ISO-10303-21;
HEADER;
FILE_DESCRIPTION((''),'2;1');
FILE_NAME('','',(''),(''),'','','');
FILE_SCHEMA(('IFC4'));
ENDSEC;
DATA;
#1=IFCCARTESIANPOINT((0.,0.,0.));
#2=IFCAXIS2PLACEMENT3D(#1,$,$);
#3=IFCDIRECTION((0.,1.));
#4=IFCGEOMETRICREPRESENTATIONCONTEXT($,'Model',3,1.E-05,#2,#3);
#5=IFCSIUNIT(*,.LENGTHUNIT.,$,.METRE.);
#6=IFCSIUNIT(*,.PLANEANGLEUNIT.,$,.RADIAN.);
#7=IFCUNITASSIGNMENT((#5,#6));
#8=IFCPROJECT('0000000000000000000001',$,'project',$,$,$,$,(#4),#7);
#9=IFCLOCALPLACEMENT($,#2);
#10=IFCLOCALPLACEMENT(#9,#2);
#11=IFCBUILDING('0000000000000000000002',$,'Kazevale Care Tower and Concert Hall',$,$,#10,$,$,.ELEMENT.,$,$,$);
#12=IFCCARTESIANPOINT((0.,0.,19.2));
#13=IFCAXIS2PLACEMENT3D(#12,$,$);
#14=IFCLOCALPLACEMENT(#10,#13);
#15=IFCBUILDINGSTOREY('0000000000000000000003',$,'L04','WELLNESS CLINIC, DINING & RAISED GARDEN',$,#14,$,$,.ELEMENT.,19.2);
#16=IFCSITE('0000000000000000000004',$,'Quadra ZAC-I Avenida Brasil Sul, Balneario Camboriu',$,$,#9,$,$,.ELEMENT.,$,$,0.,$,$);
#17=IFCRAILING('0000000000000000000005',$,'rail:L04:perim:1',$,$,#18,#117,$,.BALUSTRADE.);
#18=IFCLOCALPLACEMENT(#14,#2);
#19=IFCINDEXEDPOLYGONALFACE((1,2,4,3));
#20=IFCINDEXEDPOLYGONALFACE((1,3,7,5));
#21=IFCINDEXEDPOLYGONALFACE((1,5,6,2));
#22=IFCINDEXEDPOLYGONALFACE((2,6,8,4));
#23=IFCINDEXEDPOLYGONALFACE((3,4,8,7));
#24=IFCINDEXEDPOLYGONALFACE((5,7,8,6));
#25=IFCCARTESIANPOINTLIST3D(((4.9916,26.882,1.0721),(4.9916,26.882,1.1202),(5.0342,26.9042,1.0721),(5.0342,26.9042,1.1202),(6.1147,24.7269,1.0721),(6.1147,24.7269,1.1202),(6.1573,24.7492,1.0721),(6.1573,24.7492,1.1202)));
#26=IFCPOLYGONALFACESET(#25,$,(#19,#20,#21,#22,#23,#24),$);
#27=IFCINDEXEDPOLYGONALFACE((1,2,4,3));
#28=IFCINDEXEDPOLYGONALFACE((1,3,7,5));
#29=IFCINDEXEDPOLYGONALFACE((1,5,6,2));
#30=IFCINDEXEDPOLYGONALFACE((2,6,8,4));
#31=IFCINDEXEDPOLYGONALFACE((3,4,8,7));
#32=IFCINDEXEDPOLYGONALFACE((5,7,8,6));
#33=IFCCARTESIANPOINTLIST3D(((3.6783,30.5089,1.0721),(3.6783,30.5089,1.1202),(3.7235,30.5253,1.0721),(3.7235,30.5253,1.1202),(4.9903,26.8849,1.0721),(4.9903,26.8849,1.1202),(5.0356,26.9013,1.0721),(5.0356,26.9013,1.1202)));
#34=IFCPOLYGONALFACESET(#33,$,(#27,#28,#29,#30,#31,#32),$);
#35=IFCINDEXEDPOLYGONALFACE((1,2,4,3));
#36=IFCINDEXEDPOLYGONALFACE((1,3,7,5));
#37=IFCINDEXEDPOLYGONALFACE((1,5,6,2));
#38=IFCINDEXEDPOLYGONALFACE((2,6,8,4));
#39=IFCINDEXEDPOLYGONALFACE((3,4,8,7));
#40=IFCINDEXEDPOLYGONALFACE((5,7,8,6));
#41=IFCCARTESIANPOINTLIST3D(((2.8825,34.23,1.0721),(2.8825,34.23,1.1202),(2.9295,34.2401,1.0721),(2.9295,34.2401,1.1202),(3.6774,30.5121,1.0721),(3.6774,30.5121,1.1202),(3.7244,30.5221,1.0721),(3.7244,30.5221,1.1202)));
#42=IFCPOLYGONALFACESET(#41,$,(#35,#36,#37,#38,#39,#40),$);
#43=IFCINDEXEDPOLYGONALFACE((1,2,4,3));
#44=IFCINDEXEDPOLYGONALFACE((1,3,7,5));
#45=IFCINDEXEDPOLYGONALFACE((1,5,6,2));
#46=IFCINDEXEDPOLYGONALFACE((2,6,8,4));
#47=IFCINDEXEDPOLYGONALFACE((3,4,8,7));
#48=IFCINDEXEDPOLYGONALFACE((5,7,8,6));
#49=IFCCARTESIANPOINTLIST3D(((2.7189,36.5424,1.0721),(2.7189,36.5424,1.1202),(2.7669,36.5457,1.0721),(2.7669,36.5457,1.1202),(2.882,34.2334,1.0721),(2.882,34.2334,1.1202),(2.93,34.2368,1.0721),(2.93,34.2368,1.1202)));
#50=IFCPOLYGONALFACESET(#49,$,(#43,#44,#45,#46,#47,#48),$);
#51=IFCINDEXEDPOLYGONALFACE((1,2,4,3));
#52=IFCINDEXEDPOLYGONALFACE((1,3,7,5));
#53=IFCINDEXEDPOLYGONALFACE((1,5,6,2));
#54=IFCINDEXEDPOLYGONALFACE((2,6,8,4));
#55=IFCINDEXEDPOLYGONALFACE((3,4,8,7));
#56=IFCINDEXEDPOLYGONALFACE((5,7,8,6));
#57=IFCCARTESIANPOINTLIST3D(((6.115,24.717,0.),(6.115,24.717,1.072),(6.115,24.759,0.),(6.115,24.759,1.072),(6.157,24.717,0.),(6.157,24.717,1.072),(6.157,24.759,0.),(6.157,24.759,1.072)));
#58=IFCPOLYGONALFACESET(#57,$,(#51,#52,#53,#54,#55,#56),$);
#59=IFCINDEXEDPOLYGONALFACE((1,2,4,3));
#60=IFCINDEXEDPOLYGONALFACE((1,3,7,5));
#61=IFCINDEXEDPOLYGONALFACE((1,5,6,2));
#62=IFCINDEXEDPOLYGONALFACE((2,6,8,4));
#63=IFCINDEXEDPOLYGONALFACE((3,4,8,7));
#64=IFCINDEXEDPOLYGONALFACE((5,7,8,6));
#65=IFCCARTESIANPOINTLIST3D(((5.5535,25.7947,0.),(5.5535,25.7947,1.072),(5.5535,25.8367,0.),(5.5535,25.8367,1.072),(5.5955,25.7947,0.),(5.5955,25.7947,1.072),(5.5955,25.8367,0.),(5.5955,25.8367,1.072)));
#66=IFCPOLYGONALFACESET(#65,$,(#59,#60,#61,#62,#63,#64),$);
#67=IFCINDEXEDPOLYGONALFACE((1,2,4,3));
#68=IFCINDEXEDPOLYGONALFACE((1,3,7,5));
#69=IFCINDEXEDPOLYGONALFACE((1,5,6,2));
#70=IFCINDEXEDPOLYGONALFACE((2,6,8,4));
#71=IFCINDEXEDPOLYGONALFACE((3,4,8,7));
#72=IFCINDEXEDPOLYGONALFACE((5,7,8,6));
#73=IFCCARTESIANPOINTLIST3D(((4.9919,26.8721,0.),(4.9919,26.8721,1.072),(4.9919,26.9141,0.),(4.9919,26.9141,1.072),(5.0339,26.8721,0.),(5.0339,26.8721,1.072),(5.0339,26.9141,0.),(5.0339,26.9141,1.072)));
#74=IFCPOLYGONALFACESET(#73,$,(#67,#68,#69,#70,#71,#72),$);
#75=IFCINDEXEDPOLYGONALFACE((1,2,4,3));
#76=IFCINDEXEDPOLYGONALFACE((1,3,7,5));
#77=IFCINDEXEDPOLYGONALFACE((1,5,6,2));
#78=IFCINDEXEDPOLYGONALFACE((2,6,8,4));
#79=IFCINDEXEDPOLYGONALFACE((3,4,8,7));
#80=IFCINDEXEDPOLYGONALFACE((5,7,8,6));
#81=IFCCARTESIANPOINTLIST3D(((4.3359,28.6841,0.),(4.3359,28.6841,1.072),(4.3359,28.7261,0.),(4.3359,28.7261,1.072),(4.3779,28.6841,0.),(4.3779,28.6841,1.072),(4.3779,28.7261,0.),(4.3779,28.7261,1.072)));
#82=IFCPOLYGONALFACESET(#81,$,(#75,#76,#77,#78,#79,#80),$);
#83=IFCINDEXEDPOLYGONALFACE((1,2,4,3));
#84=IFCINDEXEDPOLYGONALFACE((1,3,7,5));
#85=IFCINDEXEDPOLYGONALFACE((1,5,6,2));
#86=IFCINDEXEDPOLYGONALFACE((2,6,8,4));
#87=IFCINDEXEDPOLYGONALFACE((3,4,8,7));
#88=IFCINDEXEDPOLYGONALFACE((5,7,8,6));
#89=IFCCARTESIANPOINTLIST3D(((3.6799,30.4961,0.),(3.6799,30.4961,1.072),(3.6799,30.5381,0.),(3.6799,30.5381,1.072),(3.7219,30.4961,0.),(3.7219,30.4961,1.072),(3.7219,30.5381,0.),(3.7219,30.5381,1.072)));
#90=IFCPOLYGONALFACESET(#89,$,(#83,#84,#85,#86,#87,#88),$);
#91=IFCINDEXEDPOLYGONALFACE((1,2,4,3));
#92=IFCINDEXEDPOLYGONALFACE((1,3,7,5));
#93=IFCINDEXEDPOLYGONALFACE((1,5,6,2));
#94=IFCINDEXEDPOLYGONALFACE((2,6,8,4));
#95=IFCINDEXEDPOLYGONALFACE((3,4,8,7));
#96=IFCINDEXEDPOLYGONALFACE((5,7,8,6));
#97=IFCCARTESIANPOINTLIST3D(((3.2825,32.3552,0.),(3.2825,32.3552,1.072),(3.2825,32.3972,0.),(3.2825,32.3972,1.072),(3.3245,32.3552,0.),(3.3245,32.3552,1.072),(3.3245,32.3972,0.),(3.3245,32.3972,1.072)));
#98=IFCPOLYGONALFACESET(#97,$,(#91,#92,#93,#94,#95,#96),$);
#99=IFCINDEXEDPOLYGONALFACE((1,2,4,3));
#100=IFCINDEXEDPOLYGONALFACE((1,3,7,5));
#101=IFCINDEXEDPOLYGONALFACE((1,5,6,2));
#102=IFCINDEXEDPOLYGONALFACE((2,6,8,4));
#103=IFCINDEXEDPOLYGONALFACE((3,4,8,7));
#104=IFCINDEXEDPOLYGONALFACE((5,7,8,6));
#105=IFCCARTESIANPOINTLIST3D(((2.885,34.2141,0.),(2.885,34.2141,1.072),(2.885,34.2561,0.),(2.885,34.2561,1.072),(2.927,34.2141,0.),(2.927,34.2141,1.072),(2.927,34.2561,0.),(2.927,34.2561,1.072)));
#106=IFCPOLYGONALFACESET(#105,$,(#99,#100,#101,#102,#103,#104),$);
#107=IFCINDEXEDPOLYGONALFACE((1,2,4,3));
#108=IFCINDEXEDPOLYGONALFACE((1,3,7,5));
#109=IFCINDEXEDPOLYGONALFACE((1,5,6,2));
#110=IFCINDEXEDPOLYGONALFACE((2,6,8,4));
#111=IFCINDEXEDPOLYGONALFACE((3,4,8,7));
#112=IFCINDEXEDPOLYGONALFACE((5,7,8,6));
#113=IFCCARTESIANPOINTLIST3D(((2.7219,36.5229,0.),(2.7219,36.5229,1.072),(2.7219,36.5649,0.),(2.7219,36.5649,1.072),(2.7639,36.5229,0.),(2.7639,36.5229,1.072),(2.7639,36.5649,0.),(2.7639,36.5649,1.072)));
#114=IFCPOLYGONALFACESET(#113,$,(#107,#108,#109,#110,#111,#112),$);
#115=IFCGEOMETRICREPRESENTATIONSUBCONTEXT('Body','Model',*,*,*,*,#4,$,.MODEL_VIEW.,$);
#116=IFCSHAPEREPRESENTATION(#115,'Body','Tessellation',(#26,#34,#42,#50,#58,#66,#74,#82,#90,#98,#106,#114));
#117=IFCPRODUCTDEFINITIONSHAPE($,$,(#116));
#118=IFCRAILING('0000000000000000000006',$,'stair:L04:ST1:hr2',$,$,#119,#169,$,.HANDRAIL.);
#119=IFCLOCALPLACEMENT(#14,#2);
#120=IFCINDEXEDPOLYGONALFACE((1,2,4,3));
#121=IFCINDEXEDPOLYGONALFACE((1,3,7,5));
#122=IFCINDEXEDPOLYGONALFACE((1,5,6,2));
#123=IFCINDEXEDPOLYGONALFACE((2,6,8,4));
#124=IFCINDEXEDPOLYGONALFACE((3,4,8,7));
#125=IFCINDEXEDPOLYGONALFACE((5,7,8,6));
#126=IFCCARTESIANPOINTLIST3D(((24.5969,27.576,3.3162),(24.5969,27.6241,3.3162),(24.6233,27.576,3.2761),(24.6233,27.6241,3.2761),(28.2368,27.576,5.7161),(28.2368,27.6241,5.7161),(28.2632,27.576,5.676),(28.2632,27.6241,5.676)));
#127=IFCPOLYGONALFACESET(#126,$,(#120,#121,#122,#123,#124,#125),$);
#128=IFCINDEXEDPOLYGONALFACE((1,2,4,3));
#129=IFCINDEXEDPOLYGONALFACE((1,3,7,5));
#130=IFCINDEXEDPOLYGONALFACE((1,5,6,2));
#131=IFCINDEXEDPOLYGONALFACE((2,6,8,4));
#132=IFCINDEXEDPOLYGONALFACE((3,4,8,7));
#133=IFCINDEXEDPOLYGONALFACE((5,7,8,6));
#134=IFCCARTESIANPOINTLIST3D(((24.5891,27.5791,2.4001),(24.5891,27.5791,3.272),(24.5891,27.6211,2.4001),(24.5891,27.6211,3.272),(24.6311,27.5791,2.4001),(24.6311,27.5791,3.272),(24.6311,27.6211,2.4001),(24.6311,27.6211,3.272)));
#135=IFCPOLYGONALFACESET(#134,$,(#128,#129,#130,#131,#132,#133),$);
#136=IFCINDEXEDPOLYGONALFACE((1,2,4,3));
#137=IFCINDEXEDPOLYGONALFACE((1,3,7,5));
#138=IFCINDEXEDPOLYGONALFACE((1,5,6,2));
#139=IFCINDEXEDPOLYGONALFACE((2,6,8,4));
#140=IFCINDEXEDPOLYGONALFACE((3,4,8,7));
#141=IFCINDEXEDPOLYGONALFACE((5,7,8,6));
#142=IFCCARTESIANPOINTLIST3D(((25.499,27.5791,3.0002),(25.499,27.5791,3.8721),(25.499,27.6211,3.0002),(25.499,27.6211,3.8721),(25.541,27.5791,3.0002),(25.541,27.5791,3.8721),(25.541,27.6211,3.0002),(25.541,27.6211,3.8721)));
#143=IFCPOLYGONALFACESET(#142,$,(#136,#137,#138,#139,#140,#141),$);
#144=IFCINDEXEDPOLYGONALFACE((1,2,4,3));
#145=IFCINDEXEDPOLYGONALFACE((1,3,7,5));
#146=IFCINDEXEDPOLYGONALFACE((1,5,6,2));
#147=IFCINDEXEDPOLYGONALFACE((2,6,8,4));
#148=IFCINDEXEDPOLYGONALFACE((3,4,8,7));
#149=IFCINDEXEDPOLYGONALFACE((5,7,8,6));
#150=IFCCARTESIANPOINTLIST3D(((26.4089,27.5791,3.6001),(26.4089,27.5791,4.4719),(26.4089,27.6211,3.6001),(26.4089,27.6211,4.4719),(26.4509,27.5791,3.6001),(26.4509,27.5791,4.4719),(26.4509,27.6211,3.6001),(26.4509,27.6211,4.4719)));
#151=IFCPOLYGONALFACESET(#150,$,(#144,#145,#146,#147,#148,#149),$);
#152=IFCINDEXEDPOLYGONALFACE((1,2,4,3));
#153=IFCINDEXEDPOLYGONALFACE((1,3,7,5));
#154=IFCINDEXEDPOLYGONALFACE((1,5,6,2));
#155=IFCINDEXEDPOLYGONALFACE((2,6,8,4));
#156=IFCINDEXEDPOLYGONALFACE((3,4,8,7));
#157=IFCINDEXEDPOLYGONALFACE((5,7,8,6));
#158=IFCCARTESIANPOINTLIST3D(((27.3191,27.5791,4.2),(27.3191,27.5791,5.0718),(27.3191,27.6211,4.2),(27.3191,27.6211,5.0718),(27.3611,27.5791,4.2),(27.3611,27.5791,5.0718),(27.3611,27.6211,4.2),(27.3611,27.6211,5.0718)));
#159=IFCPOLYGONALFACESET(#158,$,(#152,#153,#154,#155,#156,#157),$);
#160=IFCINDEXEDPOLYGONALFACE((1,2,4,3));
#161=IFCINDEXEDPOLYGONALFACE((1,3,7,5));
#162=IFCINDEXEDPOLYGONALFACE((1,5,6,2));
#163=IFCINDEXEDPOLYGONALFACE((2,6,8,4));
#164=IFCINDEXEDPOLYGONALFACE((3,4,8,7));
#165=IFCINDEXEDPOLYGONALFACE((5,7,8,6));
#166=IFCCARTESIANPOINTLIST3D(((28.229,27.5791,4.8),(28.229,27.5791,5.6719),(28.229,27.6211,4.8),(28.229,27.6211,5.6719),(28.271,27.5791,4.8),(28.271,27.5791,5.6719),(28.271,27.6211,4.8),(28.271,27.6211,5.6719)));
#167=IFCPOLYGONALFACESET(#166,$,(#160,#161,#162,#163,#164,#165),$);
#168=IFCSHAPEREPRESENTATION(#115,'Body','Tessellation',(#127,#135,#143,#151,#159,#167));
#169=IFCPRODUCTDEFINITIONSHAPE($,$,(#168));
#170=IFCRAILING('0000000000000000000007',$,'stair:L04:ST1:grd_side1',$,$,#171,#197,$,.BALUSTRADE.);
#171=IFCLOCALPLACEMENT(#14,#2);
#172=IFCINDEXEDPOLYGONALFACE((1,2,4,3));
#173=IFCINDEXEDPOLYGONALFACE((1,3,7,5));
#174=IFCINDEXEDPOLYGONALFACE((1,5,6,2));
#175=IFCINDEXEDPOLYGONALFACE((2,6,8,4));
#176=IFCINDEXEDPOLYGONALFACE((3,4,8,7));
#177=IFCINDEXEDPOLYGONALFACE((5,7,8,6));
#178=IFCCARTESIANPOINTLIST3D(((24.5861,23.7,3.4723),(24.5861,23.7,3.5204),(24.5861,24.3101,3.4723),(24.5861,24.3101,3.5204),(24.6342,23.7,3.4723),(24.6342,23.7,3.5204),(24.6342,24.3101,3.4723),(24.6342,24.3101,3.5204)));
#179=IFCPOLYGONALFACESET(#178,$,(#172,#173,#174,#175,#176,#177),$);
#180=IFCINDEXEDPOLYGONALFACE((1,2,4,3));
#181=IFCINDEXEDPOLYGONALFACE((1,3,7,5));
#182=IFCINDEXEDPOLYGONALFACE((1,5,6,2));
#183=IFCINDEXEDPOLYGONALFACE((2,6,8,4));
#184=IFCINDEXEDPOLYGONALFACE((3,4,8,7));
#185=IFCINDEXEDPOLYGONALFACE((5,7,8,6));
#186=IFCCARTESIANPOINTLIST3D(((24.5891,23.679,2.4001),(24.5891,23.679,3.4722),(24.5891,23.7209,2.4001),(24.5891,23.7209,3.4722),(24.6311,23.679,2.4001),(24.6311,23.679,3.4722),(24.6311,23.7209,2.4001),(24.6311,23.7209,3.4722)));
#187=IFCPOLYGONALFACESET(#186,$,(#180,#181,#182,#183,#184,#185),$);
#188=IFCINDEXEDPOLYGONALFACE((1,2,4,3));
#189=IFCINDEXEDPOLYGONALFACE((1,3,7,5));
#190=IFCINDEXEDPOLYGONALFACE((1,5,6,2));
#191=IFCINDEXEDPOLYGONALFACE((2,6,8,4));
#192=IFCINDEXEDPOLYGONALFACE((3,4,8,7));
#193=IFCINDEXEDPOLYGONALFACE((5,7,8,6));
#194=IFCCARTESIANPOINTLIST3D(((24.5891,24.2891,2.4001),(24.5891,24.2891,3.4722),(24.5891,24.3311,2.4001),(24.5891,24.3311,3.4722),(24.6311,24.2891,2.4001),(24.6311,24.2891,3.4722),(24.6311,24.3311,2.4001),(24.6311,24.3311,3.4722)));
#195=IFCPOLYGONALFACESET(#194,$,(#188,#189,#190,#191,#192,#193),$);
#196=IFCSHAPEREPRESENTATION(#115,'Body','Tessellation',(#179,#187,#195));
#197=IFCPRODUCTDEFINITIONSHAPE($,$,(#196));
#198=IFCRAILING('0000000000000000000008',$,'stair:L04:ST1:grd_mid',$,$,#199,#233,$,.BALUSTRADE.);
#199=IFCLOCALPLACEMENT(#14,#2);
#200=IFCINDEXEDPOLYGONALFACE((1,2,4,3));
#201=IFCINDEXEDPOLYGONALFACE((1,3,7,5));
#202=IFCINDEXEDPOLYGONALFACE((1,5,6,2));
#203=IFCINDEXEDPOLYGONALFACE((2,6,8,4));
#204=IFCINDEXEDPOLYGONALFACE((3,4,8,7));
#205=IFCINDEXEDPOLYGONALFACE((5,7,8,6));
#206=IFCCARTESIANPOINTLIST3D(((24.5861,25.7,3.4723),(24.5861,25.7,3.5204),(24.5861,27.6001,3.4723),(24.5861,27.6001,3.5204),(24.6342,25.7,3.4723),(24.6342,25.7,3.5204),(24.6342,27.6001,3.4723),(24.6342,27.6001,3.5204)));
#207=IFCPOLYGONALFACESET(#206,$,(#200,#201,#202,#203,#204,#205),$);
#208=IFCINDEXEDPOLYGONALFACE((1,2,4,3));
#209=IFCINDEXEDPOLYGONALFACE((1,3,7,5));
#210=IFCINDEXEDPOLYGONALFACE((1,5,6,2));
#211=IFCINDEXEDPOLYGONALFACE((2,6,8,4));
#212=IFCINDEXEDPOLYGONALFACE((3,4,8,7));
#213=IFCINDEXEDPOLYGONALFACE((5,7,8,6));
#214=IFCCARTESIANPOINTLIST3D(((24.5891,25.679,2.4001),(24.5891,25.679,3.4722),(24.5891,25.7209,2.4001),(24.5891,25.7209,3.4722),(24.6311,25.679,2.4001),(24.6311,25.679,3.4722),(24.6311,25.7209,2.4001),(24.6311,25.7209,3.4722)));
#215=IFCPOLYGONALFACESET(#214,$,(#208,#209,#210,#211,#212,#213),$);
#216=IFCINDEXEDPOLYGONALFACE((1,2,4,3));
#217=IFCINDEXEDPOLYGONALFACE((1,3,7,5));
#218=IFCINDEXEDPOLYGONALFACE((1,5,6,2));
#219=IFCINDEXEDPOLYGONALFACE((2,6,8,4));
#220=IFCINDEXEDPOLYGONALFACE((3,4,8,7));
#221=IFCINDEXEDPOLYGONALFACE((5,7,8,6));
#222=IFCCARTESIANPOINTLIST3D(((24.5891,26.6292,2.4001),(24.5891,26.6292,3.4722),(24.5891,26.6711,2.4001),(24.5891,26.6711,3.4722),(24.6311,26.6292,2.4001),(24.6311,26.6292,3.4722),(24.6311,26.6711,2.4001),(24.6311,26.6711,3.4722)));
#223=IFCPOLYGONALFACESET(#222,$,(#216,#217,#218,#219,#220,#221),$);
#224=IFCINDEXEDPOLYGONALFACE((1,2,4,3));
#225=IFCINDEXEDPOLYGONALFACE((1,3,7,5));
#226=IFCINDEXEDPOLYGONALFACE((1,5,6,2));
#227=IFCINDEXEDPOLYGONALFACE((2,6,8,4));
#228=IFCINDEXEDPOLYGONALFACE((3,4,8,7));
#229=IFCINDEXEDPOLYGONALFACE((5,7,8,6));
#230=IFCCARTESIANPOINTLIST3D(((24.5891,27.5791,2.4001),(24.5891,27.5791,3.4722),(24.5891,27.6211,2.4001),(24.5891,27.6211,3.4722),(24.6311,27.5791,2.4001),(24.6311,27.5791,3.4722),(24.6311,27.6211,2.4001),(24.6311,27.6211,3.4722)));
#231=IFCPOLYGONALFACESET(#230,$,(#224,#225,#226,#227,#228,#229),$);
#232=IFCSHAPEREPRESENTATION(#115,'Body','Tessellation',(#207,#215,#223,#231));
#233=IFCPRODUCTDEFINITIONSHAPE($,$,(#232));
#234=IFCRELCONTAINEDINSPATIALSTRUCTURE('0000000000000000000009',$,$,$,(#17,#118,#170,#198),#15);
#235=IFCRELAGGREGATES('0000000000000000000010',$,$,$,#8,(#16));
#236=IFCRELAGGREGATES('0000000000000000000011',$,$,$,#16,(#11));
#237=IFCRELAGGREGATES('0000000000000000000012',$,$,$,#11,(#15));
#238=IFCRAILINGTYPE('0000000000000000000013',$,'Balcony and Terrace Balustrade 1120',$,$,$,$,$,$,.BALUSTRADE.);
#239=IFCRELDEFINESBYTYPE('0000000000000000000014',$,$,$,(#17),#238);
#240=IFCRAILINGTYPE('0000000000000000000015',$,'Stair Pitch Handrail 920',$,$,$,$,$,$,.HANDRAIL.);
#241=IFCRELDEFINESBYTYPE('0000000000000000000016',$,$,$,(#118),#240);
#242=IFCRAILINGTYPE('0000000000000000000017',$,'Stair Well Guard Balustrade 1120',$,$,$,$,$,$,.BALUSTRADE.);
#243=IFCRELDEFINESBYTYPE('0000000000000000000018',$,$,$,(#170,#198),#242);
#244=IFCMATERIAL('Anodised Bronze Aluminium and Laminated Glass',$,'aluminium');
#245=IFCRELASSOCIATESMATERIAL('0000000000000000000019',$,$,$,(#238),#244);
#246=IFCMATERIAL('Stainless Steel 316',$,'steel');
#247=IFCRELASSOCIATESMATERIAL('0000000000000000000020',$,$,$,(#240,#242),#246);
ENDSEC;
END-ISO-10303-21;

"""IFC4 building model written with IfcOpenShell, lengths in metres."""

from ifc_helpers import new_model, si_unit, direction, frame, origin, origin_2d, place, context, subcontext, project, spatial, rectangle, extrude, material, type_object, element, save


model = new_model("IFC4")

# Units and contexts
model_context = context("Model", 3, precision=1e-05, world=origin(), true_north=direction((0.0, 1.0)))
body_context = subcontext(model_context, "Body", "Model", "MODEL_VIEW")
ifc_project = project(units=[si_unit("LENGTHUNIT", "METRE"), si_unit("PLANEANGLEUNIT", "RADIAN")], contexts=[model_context])

# Site, building, storey
site_placement = place(None, origin())
site = spatial("IfcSite", under=ifc_project, at=site_placement, Name="Quadra ZAC-I Avenida Brasil Sul, Balneario Camboriu", CompositionType="ELEMENT", RefElevation=0.0)
building_placement = place(site_placement, origin())
building = spatial("IfcBuilding", under=site, at=building_placement, Name="Kazevale Care Tower and Concert Hall", CompositionType="ELEMENT")
storey_placement = place(building_placement, frame((0.0, 0.0, 19.2)))
storey = spatial("IfcBuildingStorey", under=building, at=storey_placement, Name="L04", Description="WELLNESS CLINIC, DINING & RAISED GARDEN", CompositionType="ELEMENT", Elevation=19.2)

# Railings
ifc_material_1 = material(Name="Anodised Bronze Aluminium and Laminated Glass", Category="aluminium")
railing_type_1 = type_object("IfcRailingType", Name="Balcony and Terrace Balustrade 1120", PredefinedType="BALUSTRADE", material=ifc_material_1)
railing_1_placement = place(storey_placement, frame((6.136, 24.738, 0.0)))
element("IfcRailing", 1, at=railing_1_placement, inside=storey, type_object=railing_type_1, Name="rail:L04:perim:1", PredefinedType="BALUSTRADE", context=body_context, shape_type="SweptSolid", body=[
    extrude(rectangle(XDim=0.0481, YDim=0.0481, at=origin_2d()), frame((0.0, 0.0, 1.0962), z_axis=(-0.46214, 0.886807, 0.0), x_axis=(-0.886807, -0.46214, 0.0)), (0.0, 0.0, 1.0), 2.4302),
    extrude(rectangle(XDim=0.0481, YDim=0.0481, at=origin_2d()), frame((-1.123, 2.155, 1.0962), z_axis=(-0.34041, 0.940277, 0.0), x_axis=(-0.940277, -0.34041, 0.0)), (0.0, 0.0, 1.0), 3.8542),
    extrude(rectangle(XDim=0.0481, YDim=0.0481, at=origin_2d()), frame((-2.4351, 5.7791, 1.0962), z_axis=(-0.209077, 0.977899, 0.0), x_axis=(-0.977899, -0.209077, 0.0)), (0.0, 0.0, 1.0), 3.802),
    extrude(rectangle(XDim=0.0481, YDim=0.0481, at=origin_2d()), frame((-3.23, 9.4971, 1.0962), z_axis=(-0.07046, 0.997515, 0.0), x_axis=(-0.997515, -0.07046, 0.0)), (0.0, 0.0, 1.0), 2.3147),
    extrude(rectangle(XDim=0.042, YDim=0.042, at=origin_2d()), origin(), (0.0, 0.0, 1.0), 1.072),
    extrude(rectangle(XDim=0.042, YDim=0.042, at=origin_2d()), frame((-0.5615, 1.0776, 0.0)), (0.0, 0.0, 1.0), 1.072),
    extrude(rectangle(XDim=0.042, YDim=0.042, at=origin_2d()), frame((-1.123, 2.155, 0.0)), (0.0, 0.0, 1.0), 1.072),
    extrude(rectangle(XDim=0.042, YDim=0.042, at=origin_2d()), frame((-1.7791, 3.967, 0.0)), (0.0, 0.0, 1.0), 1.072),
    extrude(rectangle(XDim=0.042, YDim=0.042, at=origin_2d()), frame((-2.4351, 5.7791, 0.0)), (0.0, 0.0, 1.0), 1.072),
    extrude(rectangle(XDim=0.042, YDim=0.042, at=origin_2d()), frame((-2.8325, 7.6382, 0.0)), (0.0, 0.0, 1.0), 1.072),
    extrude(rectangle(XDim=0.042, YDim=0.042, at=origin_2d()), frame((-3.23, 9.4971, 0.0)), (0.0, 0.0, 1.0), 1.072),
    extrude(rectangle(XDim=0.042, YDim=0.042, at=origin_2d()), frame((-3.3931, 11.8059, 0.0)), (0.0, 0.0, 1.0), 1.072),
])
ifc_material_2 = material(Name="Stainless Steel 316", Category="steel")
railing_type_2 = type_object("IfcRailingType", Name="Stair Pitch Handrail 920", PredefinedType="HANDRAIL", material=ifc_material_2)
railing_2_placement = place(storey_placement, frame((24.6101, 27.6001, 2.4001)))
element("IfcRailing", 2, at=railing_2_placement, inside=storey, type_object=railing_type_2, Name="stair:L04:ST1:hr2", PredefinedType="HANDRAIL", context=body_context, shape_type="SweptSolid", body=[
    extrude(rectangle(XDim=0.0481, YDim=0.0481, at=origin_2d()), frame((0.0, 0.0, 0.896), z_axis=(0.834865, 0.0, 0.550454), x_axis=(0.0, 1.0, 0.0)), (0.0, 0.0, 1.0), 4.3599),
    extrude(rectangle(XDim=0.042, YDim=0.042, at=origin_2d()), origin(), (0.0, 0.0, 1.0), 0.8718),
    extrude(rectangle(XDim=0.042, YDim=0.042, at=origin_2d()), frame((0.9099, 0.0, 0.6001)), (0.0, 0.0, 1.0), 0.8718),
    extrude(rectangle(XDim=0.042, YDim=0.042, at=origin_2d()), frame((1.8198, 0.0, 1.2)), (0.0, 0.0, 1.0), 0.8718),
    extrude(rectangle(XDim=0.042, YDim=0.042, at=origin_2d()), frame((2.73, 0.0, 1.7998)), (0.0, 0.0, 1.0), 0.8718),
    extrude(rectangle(XDim=0.042, YDim=0.042, at=origin_2d()), frame((3.6399, 0.0, 2.3999)), (0.0, 0.0, 1.0), 0.8718),
])
railing_type_3 = type_object("IfcRailingType", Name="Stair Well Guard Balustrade 1120", PredefinedType="BALUSTRADE", material=ifc_material_2)
railing_3_placement = place(storey_placement, frame((24.6101, 23.7, 2.4001)))
element("IfcRailing", 3, at=railing_3_placement, inside=storey, type_object=railing_type_3, Name="stair:L04:ST1:grd_side1", PredefinedType="BALUSTRADE", context=body_context, shape_type="SweptSolid", body=[
    extrude(rectangle(XDim=0.0481, YDim=0.0481, at=origin_2d()), frame((0.0, 0.0, 1.0962), z_axis=(0.0, 1.0, 0.0), x_axis=(-1.0, 0.0, 0.0)), (0.0, 0.0, 1.0), 0.6101),
    extrude(rectangle(XDim=0.042, YDim=0.042, at=origin_2d()), origin(), (0.0, 0.0, 1.0), 1.072),
    extrude(rectangle(XDim=0.042, YDim=0.042, at=origin_2d()), frame((0.0, 0.6101, 0.0)), (0.0, 0.0, 1.0), 1.072),
])
railing_4_placement = place(storey_placement, frame((24.6101, 25.7, 2.4001)))
element("IfcRailing", 4, at=railing_4_placement, inside=storey, type_object=railing_type_3, Name="stair:L04:ST1:grd_mid", PredefinedType="BALUSTRADE", context=body_context, shape_type="SweptSolid", body=[
    extrude(rectangle(XDim=0.0481, YDim=0.0481, at=origin_2d()), frame((0.0, 0.0, 1.0962), z_axis=(0.0, 1.0, 0.0), x_axis=(-1.0, 0.0, 0.0)), (0.0, 0.0, 1.0), 1.9001),
    extrude(rectangle(XDim=0.042, YDim=0.042, at=origin_2d()), origin(), (0.0, 0.0, 1.0), 1.072),
    extrude(rectangle(XDim=0.042, YDim=0.042, at=origin_2d()), frame((0.0, 0.9502, 0.0)), (0.0, 0.0, 1.0), 1.072),
    extrude(rectangle(XDim=0.042, YDim=0.042, at=origin_2d()), frame((0.0, 1.9001, 0.0)), (0.0, 0.0, 1.0), 1.072),
])

save(model, "model.ifc")
